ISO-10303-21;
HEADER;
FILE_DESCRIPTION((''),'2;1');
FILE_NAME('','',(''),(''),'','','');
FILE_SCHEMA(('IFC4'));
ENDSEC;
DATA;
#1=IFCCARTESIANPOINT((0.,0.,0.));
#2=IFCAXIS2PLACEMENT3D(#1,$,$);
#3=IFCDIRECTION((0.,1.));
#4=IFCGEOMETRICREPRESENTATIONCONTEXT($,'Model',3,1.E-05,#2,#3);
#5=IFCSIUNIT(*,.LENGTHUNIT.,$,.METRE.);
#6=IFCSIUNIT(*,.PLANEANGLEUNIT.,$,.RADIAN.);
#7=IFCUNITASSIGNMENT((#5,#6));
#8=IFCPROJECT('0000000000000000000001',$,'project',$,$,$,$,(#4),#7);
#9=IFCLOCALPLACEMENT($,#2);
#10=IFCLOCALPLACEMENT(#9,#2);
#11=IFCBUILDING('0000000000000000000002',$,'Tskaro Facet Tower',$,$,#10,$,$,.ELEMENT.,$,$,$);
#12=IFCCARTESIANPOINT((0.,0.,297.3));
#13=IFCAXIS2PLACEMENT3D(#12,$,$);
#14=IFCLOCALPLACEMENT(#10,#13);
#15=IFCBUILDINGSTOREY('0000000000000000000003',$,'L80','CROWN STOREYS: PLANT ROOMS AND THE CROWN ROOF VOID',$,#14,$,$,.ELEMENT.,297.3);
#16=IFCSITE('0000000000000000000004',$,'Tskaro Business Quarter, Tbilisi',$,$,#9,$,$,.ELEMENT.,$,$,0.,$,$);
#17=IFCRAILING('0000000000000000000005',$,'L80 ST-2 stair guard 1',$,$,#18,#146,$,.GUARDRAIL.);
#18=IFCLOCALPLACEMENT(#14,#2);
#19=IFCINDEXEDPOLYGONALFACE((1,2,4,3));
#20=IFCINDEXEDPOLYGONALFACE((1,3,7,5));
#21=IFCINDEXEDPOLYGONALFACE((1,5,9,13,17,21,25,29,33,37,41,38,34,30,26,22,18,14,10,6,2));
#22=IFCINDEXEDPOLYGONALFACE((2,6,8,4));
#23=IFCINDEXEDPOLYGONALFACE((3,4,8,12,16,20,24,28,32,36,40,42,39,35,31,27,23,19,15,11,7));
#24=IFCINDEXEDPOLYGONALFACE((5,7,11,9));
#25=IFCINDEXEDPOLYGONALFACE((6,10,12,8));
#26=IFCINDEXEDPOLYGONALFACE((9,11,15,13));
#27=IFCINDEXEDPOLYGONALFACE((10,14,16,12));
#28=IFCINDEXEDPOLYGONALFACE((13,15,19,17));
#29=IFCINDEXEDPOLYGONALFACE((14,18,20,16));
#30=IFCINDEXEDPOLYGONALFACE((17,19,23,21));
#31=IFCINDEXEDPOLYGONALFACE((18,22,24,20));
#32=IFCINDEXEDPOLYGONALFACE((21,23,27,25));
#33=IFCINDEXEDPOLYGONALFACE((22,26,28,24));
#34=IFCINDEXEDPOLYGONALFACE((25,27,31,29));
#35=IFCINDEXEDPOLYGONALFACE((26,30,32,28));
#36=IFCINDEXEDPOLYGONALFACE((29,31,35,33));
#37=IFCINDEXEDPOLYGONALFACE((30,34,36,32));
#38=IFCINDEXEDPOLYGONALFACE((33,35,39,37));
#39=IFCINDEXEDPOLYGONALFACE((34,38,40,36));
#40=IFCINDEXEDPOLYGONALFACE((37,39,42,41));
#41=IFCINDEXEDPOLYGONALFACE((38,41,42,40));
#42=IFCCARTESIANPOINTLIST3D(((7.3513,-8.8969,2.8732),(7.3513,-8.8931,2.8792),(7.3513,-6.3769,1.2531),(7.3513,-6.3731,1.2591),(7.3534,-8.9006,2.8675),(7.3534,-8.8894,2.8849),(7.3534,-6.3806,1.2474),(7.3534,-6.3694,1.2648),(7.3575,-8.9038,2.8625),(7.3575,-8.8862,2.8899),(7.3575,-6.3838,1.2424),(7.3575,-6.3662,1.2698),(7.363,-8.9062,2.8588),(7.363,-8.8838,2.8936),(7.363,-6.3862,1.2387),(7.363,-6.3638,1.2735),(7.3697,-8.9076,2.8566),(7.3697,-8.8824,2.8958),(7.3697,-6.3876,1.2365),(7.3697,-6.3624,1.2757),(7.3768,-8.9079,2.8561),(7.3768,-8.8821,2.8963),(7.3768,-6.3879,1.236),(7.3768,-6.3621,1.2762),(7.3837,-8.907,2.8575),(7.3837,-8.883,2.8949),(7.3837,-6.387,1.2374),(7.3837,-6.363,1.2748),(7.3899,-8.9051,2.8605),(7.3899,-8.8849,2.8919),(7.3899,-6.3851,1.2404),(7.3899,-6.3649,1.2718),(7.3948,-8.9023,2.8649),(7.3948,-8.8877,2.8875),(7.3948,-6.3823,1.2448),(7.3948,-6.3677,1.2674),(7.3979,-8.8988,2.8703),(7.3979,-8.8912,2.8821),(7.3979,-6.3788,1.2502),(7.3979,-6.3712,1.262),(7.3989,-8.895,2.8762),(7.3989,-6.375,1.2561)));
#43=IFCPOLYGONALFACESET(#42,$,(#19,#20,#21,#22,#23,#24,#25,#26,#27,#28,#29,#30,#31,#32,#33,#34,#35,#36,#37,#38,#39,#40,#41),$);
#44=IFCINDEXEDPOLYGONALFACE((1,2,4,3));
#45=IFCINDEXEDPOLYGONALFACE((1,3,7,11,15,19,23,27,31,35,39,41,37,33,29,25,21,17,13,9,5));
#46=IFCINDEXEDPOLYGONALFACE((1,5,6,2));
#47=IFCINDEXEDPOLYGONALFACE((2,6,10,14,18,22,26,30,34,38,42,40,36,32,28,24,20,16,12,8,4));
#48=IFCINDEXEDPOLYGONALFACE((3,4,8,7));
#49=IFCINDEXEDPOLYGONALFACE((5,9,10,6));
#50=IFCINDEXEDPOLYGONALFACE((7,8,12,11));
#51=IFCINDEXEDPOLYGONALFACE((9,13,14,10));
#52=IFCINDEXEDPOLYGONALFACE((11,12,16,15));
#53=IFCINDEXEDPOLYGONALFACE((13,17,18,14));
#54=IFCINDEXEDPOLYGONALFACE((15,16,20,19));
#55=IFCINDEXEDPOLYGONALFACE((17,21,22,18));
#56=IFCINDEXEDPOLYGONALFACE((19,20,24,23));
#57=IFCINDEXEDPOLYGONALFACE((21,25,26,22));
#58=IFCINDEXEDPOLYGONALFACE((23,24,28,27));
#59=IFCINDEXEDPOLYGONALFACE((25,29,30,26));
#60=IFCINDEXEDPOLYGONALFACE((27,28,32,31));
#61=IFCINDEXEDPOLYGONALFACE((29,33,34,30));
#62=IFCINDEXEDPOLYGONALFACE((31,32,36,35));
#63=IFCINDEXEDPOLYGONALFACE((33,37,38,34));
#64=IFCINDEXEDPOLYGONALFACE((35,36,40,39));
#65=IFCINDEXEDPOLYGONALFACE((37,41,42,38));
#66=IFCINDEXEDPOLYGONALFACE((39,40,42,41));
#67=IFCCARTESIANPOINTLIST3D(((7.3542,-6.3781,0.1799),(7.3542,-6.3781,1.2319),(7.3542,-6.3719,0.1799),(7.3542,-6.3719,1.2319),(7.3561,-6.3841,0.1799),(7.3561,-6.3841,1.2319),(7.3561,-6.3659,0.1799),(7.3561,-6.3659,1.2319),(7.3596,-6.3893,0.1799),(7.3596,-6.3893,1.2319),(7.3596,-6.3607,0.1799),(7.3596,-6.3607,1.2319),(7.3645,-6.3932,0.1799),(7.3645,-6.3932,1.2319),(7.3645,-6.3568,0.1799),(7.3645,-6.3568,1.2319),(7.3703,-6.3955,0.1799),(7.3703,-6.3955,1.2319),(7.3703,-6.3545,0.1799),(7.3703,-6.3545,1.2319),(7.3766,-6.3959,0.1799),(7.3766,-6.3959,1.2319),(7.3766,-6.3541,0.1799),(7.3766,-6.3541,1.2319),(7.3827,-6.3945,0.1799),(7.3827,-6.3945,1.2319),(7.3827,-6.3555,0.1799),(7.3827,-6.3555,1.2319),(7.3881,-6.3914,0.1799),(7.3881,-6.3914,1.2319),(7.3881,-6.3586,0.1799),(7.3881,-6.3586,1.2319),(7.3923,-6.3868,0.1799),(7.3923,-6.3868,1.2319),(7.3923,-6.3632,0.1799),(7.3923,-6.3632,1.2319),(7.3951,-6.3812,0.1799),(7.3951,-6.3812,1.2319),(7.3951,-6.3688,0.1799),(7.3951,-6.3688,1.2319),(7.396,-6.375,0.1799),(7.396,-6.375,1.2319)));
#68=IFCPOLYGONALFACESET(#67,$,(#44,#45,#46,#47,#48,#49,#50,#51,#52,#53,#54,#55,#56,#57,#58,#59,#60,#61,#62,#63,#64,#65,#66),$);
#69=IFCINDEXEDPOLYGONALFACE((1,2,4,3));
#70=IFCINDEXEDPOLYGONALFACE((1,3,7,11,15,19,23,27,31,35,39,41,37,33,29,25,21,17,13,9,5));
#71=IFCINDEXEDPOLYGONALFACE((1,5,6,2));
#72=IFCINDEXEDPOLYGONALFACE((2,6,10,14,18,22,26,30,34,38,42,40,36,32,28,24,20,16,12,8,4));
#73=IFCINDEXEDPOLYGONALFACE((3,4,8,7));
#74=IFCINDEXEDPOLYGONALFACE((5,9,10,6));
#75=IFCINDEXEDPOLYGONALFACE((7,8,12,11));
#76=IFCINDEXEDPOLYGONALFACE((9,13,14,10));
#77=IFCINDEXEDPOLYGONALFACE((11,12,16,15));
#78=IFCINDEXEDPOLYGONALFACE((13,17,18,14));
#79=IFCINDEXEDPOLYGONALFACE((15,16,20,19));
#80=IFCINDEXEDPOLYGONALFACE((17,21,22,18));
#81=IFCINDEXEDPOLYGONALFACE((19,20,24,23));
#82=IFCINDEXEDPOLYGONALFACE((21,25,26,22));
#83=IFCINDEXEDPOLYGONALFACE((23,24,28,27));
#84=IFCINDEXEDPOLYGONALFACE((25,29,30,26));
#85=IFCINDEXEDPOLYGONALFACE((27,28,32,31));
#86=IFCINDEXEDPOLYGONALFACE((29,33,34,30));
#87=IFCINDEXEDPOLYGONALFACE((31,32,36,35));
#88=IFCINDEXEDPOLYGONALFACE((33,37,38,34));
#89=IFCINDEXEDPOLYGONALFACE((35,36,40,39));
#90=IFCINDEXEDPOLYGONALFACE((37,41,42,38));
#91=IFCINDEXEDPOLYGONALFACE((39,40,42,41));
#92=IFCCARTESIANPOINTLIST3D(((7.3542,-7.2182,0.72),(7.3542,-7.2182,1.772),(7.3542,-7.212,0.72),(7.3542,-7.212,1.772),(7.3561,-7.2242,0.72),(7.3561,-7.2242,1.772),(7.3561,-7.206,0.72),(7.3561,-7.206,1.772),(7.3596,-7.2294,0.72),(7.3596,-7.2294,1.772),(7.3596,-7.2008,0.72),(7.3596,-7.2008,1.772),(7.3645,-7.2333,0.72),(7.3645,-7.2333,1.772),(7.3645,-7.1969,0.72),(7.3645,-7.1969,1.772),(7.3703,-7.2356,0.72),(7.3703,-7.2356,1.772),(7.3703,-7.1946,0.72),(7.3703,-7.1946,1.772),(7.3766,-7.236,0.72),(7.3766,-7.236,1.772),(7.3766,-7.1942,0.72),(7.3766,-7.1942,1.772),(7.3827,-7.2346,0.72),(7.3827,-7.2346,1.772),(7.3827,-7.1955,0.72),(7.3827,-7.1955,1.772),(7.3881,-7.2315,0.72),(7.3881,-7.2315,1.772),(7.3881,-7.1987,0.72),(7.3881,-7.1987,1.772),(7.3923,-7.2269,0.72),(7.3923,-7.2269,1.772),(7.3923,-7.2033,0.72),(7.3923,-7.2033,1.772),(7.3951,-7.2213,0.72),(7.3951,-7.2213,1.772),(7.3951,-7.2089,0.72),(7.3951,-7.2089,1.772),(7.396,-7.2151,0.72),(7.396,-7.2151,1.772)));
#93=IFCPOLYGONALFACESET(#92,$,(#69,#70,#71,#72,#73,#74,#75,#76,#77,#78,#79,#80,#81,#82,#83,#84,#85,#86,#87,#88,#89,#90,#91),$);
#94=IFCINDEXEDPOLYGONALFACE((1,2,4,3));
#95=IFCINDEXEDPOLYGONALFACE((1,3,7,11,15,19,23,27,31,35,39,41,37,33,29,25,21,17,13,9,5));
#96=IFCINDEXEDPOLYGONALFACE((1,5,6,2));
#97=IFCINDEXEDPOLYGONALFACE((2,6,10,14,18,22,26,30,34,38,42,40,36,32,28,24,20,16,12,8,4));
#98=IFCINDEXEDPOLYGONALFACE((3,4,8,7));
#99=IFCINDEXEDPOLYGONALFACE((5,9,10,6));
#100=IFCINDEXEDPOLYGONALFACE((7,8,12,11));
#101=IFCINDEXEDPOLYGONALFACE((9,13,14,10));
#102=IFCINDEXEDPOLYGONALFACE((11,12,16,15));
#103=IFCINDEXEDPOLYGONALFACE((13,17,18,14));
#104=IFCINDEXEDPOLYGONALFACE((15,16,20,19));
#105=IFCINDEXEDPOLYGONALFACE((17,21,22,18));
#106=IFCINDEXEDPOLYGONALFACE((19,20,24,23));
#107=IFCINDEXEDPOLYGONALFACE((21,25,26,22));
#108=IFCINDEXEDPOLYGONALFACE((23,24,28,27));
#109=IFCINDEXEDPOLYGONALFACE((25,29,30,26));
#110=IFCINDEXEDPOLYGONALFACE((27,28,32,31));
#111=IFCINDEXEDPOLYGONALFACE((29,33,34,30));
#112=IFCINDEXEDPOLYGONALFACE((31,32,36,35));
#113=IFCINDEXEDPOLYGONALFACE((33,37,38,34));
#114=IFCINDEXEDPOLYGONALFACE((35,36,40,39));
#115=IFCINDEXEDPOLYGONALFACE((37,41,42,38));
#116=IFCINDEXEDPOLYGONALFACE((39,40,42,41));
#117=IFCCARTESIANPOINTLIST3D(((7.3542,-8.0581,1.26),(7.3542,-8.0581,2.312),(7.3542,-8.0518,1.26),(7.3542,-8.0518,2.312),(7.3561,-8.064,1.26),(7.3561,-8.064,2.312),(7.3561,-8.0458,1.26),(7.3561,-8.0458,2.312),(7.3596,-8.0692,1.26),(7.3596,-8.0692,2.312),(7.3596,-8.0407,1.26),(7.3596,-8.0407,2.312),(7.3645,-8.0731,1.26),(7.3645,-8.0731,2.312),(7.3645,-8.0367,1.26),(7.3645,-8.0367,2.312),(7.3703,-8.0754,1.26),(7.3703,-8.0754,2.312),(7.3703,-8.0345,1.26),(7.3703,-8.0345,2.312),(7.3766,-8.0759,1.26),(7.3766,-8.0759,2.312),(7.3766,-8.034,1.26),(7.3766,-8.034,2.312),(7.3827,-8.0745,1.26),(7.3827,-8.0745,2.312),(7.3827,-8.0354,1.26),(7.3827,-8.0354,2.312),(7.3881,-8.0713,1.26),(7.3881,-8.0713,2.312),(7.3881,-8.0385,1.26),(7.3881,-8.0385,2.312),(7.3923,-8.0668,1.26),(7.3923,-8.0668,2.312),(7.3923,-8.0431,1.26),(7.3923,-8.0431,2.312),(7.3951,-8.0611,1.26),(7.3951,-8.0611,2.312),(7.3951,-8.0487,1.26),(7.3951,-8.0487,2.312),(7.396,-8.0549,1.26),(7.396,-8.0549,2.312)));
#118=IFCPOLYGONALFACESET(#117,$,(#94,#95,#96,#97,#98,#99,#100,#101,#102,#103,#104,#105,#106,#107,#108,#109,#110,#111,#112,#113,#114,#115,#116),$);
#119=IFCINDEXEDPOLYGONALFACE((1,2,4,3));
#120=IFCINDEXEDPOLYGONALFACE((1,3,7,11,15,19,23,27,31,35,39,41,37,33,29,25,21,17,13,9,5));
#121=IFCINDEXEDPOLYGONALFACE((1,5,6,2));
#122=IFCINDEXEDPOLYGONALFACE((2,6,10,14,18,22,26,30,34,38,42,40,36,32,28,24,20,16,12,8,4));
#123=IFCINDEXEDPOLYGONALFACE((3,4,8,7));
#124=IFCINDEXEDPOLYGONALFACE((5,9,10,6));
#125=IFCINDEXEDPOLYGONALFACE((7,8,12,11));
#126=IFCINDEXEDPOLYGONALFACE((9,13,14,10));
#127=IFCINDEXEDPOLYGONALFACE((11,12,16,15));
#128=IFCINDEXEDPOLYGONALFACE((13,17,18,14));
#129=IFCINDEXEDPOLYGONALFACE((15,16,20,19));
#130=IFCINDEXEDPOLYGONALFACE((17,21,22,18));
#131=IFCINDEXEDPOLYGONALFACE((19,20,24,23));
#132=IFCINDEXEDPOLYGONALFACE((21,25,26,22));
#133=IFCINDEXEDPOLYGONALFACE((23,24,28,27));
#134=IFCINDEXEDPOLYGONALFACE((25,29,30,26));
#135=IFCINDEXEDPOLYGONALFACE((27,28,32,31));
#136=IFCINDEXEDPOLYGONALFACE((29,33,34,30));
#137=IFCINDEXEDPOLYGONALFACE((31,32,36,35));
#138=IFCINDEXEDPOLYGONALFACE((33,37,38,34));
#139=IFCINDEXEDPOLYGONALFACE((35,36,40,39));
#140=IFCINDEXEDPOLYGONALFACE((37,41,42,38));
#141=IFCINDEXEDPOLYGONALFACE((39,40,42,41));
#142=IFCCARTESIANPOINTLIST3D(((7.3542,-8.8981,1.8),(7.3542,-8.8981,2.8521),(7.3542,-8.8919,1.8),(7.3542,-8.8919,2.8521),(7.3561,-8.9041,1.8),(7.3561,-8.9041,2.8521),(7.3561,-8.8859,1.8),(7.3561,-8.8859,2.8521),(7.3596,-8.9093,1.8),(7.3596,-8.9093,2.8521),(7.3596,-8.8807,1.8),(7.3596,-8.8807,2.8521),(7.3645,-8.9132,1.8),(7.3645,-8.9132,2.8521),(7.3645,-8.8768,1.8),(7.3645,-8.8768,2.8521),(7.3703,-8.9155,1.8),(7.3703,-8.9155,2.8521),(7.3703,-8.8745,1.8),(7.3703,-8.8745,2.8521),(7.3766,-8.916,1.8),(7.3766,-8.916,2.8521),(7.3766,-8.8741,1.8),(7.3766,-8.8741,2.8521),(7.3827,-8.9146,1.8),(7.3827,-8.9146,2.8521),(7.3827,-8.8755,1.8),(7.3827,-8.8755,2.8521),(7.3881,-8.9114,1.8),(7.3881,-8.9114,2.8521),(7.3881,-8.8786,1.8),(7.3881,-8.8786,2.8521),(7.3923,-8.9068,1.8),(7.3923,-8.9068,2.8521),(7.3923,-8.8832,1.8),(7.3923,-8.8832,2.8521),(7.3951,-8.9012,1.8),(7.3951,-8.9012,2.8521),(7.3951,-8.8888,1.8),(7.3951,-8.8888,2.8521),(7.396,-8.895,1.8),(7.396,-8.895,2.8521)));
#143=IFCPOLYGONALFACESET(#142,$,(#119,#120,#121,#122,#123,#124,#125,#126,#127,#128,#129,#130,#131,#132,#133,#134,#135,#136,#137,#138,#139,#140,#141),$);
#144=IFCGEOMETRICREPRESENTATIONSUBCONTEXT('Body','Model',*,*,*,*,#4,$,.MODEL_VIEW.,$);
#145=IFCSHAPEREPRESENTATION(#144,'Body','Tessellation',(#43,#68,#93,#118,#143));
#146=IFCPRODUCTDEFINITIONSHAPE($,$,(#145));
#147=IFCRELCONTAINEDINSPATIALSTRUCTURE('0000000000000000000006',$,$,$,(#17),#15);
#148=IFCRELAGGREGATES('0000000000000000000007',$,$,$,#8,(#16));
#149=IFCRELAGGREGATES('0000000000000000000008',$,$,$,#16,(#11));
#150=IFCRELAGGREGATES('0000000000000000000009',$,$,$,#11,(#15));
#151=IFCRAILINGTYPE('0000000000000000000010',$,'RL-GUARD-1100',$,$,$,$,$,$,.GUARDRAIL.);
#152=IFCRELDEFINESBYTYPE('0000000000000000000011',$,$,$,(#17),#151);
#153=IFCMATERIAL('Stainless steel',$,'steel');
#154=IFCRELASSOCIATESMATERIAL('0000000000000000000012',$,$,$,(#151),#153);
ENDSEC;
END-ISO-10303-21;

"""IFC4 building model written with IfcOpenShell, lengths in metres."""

from ifc_helpers import new_model, si_unit, direction, frame, origin, origin_2d, place, context, subcontext, project, spatial, circle, extrude, material, type_object, element, save


model = new_model("IFC4")

# Units and contexts
model_context = context("Model", 3, precision=1e-05, world=origin(), true_north=direction((0.0, 1.0)))
body_context = subcontext(model_context, "Body", "Model", "MODEL_VIEW")
ifc_project = project(units=[si_unit("LENGTHUNIT", "METRE"), si_unit("PLANEANGLEUNIT", "RADIAN")], contexts=[model_context])

# Site, building, storey
site_placement = place(None, origin())
site = spatial("IfcSite", under=ifc_project, at=site_placement, Name="Tskaro Business Quarter, Tbilisi", CompositionType="ELEMENT", RefElevation=0.0)
building_placement = place(site_placement, origin())
building = spatial("IfcBuilding", under=site, at=building_placement, Name="Tskaro Facet Tower", CompositionType="ELEMENT")
storey_placement = place(building_placement, frame((0.0, 0.0, 297.3)))
storey = spatial("IfcBuildingStorey", under=building, at=storey_placement, Name="L80", Description="CROWN STOREYS: PLANT ROOMS AND THE CROWN ROOF VOID", CompositionType="ELEMENT", Elevation=297.3)

# Railing
ifc_material_1 = material(Name="Stainless steel", Category="steel")
railing_type_1 = type_object("IfcRailingType", Name="RL-GUARD-1100", PredefinedType="GUARDRAIL", material=ifc_material_1)
railing_1_placement = place(storey_placement, frame((7.375, -6.375, 0.1799)))
element("IfcRailing", 1, at=railing_1_placement, inside=storey, type_object=railing_type_1, Name="L80 ST-2 stair guard 1", PredefinedType="GUARDRAIL", context=body_context, shape_type="SweptSolid", body=[
    extrude(circle(Radius=0.0239, at=origin_2d()), frame((0.0, 0.0, 1.0762), z_axis=(0.0, -0.841163, 0.540782), x_axis=(1.0, 0.0, 0.0)), (0.0, 0.0, 1.0), 2.9958),
    extrude(circle(Radius=0.021, at=origin_2d()), origin(), (0.0, 0.0, 1.0), 1.052),
    extrude(circle(Radius=0.021, at=origin_2d()), frame((0.0, -0.8401, 0.54)), (0.0, 0.0, 1.0), 1.052),
    extrude(circle(Radius=0.021, at=origin_2d()), frame((0.0, -1.6799, 1.0801)), (0.0, 0.0, 1.0), 1.052),
    extrude(circle(Radius=0.021, at=origin_2d()), frame((0.0, -2.52, 1.6201)), (0.0, 0.0, 1.0), 1.052),
])

save(model, "model.ifc")
